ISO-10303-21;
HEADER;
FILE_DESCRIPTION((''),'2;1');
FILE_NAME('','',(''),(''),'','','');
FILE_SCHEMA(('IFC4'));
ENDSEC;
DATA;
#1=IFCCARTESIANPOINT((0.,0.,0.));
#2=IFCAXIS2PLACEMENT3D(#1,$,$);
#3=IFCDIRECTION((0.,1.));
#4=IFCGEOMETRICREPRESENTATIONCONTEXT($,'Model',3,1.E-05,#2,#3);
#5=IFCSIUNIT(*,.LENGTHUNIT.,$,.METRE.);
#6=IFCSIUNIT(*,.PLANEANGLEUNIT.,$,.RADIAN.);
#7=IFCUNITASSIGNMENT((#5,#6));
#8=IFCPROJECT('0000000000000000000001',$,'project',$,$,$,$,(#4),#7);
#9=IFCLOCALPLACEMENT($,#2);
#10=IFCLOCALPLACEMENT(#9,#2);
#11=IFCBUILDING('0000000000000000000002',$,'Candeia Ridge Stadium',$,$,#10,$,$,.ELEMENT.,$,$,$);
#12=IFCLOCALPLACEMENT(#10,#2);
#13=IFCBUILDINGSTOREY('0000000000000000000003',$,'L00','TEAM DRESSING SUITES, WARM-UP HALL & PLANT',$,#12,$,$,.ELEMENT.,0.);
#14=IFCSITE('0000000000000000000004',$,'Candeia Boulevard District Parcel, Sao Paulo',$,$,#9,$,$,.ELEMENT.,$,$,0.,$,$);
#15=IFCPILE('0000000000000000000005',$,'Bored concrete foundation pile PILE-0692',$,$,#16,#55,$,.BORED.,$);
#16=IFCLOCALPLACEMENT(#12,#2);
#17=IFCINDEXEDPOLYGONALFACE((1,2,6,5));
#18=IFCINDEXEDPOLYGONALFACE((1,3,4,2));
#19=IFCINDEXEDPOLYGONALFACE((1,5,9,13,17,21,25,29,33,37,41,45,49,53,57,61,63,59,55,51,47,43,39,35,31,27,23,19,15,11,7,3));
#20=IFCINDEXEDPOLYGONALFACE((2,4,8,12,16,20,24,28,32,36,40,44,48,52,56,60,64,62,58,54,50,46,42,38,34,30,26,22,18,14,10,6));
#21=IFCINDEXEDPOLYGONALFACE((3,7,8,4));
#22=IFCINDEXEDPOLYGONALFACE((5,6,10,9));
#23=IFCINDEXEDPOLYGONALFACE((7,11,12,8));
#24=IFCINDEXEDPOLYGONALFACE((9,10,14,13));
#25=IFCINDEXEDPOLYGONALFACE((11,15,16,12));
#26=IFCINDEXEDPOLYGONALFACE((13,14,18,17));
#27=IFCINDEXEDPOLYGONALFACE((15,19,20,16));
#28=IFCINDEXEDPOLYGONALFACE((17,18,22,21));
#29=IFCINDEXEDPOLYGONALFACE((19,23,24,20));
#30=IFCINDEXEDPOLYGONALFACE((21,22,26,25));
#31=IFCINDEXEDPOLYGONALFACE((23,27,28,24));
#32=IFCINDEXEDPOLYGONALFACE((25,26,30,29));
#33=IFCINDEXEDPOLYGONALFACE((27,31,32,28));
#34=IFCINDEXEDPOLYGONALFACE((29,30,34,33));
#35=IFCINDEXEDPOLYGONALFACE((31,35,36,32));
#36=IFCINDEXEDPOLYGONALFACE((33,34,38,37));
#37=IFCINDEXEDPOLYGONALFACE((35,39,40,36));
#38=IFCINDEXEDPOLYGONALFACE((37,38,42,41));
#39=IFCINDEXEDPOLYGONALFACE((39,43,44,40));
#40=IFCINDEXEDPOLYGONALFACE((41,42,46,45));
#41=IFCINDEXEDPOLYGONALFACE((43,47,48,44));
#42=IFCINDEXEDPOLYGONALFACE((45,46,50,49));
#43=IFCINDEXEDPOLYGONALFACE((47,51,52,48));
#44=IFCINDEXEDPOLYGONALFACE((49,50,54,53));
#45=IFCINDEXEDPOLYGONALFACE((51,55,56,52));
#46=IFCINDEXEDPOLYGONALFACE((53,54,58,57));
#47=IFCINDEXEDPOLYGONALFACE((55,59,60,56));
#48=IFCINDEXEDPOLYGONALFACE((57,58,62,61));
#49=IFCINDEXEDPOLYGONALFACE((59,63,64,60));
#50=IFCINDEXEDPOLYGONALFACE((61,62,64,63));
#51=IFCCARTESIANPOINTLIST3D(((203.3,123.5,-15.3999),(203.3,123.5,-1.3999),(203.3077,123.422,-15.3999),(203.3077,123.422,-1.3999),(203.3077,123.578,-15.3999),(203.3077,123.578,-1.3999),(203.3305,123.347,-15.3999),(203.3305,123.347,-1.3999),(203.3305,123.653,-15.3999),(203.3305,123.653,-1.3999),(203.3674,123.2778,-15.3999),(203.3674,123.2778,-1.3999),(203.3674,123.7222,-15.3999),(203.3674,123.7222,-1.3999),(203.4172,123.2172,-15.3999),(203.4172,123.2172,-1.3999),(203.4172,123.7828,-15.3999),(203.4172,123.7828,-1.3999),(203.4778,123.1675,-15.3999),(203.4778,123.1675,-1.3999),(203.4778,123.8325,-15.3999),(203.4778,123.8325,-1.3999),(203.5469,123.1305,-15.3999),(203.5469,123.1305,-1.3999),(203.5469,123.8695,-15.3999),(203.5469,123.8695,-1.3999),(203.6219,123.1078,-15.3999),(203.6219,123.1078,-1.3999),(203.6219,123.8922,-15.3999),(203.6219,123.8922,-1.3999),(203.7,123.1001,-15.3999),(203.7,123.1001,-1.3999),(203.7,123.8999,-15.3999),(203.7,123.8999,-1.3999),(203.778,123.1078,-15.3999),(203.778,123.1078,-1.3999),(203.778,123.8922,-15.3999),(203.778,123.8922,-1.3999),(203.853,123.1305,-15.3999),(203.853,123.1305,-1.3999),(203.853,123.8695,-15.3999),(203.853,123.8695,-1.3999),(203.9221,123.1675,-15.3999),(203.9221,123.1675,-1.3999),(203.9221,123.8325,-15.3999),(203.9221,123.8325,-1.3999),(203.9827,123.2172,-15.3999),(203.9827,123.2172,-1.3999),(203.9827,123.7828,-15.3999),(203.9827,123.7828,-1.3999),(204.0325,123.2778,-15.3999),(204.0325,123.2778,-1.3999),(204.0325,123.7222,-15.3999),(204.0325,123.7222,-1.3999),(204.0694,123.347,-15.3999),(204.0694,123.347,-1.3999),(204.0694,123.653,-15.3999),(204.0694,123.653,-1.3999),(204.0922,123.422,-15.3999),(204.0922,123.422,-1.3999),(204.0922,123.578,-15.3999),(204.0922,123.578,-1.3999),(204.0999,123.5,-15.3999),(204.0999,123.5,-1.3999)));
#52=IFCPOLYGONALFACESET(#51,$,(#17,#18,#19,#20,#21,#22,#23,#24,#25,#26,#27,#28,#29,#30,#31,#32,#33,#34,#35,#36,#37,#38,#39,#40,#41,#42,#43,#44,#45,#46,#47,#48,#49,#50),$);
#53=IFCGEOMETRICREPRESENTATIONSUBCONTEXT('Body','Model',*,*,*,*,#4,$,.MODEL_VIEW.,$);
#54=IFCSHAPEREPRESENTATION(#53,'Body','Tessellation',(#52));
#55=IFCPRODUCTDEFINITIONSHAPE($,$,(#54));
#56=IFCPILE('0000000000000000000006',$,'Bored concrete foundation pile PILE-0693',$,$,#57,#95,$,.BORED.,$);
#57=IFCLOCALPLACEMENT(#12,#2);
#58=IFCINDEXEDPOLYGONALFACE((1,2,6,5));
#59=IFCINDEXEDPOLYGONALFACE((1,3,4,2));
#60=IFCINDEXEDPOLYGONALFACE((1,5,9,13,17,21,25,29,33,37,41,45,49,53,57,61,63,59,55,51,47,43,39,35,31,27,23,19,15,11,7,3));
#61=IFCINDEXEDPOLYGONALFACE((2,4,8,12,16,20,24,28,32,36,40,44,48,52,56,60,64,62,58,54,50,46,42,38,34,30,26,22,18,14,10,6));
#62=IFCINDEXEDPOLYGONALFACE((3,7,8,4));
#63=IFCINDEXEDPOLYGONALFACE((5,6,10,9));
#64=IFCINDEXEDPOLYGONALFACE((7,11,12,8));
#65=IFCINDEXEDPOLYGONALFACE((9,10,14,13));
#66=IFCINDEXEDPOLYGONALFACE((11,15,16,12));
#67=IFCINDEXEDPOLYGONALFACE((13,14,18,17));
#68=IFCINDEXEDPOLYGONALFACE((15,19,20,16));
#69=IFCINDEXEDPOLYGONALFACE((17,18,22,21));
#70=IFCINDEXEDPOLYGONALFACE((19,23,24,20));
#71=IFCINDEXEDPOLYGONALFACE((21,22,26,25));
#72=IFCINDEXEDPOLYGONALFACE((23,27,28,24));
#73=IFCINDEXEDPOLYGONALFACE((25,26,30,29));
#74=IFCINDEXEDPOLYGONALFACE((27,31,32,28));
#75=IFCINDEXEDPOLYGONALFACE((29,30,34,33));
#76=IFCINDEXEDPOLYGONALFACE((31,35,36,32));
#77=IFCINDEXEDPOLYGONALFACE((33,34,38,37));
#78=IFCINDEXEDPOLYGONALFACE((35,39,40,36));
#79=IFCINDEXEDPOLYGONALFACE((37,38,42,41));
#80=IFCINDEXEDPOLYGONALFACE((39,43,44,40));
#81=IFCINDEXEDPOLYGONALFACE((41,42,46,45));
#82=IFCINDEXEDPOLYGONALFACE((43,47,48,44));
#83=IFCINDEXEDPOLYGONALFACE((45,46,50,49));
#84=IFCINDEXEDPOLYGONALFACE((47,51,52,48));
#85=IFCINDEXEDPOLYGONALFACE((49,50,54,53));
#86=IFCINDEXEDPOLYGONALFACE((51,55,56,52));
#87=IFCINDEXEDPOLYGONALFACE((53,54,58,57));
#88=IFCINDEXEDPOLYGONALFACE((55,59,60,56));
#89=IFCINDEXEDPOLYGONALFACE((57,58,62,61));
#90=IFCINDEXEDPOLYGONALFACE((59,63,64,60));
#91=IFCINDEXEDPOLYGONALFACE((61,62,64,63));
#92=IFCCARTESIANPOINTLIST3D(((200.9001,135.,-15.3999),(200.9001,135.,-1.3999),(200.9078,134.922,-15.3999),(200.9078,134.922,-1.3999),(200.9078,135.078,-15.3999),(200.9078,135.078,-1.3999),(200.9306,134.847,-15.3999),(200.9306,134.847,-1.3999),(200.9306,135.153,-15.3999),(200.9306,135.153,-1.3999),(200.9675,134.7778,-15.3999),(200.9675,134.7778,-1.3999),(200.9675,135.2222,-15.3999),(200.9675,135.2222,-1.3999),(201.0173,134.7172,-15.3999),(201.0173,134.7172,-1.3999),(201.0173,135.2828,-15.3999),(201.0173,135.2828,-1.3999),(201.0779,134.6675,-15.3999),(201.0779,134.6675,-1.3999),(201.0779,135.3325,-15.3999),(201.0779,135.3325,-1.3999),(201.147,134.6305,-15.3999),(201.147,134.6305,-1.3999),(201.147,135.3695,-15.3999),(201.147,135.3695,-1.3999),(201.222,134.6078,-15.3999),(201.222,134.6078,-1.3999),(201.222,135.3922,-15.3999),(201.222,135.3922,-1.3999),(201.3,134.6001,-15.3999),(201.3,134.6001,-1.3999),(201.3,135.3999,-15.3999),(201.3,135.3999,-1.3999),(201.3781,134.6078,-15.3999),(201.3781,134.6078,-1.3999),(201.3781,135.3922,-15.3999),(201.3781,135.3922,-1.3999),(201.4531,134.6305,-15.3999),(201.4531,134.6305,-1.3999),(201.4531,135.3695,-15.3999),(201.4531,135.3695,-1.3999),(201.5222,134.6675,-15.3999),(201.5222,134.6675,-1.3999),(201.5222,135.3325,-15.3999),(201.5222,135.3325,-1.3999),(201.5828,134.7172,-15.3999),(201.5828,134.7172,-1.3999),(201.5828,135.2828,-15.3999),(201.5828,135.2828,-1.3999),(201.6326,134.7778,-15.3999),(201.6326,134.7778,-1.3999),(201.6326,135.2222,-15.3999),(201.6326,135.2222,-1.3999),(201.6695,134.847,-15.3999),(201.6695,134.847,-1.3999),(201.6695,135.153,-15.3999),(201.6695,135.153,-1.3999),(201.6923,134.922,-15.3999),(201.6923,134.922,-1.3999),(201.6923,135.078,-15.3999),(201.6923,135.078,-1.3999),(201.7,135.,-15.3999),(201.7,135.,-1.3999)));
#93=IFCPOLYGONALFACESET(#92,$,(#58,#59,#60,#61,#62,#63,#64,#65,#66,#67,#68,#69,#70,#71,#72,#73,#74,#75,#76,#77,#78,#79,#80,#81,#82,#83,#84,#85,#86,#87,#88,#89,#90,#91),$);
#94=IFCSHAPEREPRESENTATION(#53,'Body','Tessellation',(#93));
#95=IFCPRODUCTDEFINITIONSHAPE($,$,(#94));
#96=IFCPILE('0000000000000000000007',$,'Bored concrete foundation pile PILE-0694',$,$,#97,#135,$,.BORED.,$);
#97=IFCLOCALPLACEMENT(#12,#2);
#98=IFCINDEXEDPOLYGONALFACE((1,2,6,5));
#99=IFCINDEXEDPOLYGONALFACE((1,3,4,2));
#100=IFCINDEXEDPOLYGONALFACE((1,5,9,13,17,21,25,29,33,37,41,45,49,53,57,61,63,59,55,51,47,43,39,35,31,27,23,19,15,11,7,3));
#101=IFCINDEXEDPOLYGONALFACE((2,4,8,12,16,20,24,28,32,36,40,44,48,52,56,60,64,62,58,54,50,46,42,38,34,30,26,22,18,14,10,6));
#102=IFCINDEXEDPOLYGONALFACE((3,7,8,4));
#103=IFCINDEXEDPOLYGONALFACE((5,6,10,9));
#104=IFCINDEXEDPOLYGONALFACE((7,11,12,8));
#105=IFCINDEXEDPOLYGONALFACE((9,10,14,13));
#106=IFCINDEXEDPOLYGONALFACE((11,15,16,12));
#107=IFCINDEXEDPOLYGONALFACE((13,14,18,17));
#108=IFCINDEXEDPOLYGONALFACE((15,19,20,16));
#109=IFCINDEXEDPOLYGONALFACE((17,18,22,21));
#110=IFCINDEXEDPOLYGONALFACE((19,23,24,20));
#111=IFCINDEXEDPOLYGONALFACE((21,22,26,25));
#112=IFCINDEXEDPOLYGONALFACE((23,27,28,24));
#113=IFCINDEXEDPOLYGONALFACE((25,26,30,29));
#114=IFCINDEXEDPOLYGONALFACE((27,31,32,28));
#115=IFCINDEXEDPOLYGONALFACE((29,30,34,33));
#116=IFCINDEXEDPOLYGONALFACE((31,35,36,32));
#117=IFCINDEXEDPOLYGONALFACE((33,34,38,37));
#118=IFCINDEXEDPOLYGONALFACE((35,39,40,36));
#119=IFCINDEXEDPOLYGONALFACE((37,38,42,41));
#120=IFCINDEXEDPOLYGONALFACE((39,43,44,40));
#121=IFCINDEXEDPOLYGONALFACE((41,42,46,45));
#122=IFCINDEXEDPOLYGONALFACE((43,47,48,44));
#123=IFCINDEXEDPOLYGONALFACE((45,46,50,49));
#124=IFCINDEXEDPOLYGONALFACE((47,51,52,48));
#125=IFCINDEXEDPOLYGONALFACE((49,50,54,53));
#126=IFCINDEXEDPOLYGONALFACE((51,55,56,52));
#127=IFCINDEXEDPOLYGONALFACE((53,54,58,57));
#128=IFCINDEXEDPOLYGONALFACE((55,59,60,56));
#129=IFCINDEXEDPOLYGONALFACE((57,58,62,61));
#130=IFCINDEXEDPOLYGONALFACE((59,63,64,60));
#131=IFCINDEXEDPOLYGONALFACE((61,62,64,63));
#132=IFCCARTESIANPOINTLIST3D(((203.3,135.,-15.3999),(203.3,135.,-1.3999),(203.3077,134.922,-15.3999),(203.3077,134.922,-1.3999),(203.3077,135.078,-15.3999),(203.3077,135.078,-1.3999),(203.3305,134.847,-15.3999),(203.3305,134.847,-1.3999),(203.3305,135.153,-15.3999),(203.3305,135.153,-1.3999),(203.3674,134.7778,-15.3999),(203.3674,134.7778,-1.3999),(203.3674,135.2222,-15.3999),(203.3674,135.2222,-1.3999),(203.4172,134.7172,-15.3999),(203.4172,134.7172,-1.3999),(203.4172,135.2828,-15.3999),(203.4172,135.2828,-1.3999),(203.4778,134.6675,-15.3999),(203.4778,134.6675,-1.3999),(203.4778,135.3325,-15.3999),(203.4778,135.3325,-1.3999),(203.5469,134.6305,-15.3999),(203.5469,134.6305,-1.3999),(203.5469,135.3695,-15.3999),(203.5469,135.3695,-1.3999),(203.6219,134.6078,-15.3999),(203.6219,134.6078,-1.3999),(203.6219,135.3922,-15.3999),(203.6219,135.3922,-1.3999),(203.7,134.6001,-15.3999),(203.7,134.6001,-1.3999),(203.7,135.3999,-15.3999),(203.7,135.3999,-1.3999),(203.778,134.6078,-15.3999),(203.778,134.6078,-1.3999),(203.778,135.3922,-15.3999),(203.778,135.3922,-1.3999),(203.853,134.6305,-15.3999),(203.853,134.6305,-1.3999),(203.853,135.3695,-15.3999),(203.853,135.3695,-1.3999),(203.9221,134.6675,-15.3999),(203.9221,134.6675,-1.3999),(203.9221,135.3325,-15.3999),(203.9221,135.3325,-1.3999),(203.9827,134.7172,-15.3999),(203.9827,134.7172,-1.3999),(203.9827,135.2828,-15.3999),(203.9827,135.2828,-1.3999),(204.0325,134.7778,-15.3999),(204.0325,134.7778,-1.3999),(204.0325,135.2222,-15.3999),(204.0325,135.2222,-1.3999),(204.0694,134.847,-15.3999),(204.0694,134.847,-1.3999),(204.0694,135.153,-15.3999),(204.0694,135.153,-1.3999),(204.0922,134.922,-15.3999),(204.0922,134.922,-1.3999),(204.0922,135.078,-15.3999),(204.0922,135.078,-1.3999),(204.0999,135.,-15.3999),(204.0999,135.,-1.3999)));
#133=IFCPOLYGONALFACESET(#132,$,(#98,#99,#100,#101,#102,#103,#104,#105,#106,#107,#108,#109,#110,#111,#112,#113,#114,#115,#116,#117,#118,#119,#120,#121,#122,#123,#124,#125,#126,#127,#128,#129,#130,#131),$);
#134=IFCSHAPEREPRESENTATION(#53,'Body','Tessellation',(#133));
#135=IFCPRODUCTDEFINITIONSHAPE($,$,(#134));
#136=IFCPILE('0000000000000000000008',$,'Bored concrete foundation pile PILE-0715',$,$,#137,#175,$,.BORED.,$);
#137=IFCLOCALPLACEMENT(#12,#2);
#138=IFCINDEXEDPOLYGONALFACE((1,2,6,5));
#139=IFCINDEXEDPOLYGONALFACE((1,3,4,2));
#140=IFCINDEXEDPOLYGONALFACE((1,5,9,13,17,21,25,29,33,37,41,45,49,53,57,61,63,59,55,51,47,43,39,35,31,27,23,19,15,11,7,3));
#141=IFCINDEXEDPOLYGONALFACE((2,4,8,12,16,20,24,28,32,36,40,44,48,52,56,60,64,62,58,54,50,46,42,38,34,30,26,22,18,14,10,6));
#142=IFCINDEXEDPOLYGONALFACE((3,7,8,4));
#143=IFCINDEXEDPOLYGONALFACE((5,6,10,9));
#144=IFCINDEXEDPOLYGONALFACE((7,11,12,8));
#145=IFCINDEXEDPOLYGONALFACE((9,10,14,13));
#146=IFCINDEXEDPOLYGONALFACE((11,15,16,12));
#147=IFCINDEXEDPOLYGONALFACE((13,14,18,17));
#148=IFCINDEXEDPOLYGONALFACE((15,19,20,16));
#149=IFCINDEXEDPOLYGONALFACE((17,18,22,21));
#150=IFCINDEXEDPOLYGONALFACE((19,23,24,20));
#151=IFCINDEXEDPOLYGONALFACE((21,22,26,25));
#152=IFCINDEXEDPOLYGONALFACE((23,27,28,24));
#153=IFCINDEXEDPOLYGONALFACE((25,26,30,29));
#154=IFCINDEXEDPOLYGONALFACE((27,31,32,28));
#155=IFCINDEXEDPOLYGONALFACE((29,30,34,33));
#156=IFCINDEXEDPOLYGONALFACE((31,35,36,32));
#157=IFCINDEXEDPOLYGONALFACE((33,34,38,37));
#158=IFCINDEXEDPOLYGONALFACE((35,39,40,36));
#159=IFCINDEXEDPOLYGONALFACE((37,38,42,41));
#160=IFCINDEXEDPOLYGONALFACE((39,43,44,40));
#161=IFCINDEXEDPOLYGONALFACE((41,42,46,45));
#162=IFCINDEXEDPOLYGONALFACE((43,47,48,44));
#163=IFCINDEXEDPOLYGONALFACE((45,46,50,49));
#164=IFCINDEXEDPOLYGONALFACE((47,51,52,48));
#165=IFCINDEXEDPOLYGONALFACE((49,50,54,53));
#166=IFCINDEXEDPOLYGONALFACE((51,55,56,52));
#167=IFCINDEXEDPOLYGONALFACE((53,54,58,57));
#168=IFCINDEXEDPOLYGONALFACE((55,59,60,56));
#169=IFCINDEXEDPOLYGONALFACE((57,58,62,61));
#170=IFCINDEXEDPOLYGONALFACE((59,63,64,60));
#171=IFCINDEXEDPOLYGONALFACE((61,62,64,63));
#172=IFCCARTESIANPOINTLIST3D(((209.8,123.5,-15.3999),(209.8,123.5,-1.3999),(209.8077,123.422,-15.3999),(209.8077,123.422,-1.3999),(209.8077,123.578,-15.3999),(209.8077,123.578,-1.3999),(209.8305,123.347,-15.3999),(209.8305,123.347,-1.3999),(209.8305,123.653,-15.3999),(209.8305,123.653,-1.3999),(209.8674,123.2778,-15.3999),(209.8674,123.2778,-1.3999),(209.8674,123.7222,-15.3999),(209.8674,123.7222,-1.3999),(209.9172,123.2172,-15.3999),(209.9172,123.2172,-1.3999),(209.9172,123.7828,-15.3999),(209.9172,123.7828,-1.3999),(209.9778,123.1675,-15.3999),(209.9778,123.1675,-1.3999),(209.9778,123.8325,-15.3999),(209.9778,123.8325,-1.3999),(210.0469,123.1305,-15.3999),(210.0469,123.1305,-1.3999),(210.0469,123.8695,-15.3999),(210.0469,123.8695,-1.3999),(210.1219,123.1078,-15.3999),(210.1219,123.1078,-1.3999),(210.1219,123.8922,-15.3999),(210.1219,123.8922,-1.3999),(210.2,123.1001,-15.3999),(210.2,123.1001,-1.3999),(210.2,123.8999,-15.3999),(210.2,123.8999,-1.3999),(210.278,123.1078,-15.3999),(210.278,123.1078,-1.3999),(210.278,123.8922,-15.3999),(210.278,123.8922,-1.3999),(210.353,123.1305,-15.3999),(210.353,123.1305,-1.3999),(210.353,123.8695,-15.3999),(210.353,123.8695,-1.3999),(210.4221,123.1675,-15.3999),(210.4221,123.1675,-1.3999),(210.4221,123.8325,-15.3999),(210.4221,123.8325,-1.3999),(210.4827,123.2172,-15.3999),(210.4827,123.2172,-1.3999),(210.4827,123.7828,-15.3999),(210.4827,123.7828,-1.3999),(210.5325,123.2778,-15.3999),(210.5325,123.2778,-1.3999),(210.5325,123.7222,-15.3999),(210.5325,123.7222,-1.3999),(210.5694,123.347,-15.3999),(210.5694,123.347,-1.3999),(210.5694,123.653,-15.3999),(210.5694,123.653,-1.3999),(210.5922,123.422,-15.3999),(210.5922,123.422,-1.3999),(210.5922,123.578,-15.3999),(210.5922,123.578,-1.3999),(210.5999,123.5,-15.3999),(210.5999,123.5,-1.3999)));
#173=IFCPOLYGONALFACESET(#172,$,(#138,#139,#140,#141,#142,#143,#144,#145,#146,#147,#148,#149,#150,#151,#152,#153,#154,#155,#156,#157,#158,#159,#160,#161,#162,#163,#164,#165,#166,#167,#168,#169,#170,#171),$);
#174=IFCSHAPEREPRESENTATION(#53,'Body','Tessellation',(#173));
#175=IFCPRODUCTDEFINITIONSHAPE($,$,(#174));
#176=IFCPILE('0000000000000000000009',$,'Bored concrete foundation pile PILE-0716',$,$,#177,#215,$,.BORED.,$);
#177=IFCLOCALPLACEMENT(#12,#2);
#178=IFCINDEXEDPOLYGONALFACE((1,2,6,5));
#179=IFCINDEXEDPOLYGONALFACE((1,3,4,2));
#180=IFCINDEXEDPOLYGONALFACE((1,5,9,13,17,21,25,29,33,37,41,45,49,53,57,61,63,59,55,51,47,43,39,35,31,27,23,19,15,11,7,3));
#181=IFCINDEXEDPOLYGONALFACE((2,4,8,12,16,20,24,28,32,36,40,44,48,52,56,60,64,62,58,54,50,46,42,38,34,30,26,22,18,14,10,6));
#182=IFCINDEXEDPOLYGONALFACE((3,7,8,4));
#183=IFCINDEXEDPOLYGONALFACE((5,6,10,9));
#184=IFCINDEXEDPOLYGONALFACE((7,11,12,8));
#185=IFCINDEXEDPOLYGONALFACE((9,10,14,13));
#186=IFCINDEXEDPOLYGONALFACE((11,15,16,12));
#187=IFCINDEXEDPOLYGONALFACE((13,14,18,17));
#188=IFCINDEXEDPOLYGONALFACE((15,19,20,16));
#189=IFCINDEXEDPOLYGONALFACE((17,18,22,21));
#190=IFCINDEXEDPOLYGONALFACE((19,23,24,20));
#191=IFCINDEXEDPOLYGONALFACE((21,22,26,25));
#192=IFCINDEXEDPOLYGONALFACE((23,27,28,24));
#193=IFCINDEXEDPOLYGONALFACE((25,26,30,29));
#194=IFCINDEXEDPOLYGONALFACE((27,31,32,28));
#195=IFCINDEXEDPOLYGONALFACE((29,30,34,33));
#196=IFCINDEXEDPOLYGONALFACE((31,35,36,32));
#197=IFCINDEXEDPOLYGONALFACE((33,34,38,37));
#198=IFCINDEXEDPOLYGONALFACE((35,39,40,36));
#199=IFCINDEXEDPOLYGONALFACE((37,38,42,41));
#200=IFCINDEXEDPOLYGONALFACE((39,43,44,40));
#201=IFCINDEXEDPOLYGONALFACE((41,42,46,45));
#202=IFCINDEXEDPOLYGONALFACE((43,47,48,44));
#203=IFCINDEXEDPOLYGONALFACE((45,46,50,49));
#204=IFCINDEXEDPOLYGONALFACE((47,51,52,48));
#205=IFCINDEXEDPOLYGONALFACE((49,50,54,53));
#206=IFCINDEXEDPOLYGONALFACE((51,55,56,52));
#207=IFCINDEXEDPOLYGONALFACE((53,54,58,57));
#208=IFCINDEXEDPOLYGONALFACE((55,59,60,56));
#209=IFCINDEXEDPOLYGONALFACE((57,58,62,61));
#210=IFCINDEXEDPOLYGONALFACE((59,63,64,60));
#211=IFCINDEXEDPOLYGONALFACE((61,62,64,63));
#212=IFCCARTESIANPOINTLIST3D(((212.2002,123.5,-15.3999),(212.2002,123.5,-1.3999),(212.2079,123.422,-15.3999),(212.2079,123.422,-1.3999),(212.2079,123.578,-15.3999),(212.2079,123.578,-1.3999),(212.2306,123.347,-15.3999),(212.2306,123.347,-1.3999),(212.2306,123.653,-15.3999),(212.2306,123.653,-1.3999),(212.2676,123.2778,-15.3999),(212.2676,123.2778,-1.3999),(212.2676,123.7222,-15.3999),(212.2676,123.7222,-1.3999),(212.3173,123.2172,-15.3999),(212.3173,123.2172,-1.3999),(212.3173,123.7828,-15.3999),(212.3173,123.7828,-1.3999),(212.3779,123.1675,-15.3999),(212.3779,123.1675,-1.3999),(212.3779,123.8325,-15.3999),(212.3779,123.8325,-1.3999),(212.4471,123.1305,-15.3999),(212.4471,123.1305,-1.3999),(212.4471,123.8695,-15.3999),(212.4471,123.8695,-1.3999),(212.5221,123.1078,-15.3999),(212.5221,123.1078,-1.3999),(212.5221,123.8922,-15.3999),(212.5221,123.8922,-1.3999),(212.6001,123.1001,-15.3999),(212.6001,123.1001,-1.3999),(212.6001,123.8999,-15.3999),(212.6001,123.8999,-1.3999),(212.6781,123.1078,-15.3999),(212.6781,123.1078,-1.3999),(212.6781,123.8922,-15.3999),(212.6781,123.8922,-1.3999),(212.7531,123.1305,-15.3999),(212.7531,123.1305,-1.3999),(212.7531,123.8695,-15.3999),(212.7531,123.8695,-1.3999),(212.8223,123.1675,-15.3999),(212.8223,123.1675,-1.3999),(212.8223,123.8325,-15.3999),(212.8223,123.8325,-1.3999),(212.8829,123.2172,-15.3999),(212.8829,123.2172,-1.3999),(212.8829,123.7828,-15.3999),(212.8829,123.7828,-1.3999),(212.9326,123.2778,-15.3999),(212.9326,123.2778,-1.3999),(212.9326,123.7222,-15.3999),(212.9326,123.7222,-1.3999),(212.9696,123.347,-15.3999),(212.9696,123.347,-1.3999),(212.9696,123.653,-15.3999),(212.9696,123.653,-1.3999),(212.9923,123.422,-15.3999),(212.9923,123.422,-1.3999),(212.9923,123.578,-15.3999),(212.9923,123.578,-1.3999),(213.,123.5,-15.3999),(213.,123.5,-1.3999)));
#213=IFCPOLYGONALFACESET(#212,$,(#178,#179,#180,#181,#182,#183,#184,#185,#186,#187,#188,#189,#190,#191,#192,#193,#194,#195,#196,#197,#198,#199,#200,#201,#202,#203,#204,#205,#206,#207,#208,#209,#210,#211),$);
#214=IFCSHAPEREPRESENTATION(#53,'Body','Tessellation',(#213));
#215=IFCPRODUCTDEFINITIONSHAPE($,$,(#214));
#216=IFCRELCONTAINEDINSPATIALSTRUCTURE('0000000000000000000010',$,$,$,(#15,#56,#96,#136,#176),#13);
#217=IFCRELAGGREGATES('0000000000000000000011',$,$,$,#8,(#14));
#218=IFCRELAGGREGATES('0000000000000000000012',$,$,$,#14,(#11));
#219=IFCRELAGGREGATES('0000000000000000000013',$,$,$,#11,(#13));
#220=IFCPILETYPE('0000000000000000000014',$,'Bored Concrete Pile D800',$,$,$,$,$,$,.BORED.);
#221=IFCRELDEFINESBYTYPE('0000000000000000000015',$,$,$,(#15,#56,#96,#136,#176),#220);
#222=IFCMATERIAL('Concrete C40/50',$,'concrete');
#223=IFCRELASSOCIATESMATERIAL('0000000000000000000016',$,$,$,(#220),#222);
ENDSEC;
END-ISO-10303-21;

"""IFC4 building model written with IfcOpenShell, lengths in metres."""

from ifc_helpers import new_model, si_unit, direction, frame, origin, origin_2d, place, context, subcontext, project, spatial, circle, extrude, material, material_profile, profile_set, type_object, element, save


model = new_model("IFC4")

# Units and contexts
model_context = context("Model", 3, precision=1e-05, world=origin(), true_north=direction((0.0, 1.0)))
body_context = subcontext(model_context, "Body", "Model", "MODEL_VIEW")
ifc_project = project(units=[si_unit("LENGTHUNIT", "METRE"), si_unit("PLANEANGLEUNIT", "RADIAN")], contexts=[model_context])

# Site, building, storey
site_placement = place(None, origin())
site = spatial("IfcSite", under=ifc_project, at=site_placement, Name="Candeia Boulevard District Parcel, Sao Paulo", CompositionType="ELEMENT", RefElevation=0.0)
building_placement = place(site_placement, origin())
building = spatial("IfcBuilding", under=site, at=building_placement, Name="Candeia Ridge Stadium", CompositionType="ELEMENT")
storey_placement = place(building_placement, origin())
storey = spatial("IfcBuildingStorey", under=building, at=storey_placement, Name="L00", Description="TEAM DRESSING SUITES, WARM-UP HALL & PLANT", CompositionType="ELEMENT", Elevation=0.0)

# Piles
ifc_material_1 = material(Name="Concrete C40/50", Category="concrete")
ifc_material_profile_1 = material_profile(ifc_material_1, circle(Radius=0.3999, at=origin_2d()), Name="PILE-D800", Category="concrete")
ifc_profile_set_1 = profile_set([ifc_material_profile_1], Name="Concrete C40/50")
pile_type = type_object("IfcPileType", Name="Bored Concrete Pile D800", PredefinedType="BORED", material=ifc_profile_set_1)
for number, where, z_axis, x_axis, name in (
    (1, (203.7, 123.5, -1.3999), (0.0, 0.0, -1.0), (1.0, 0.0, 0.0), "Bored concrete foundation pile PILE-0692"),
    (2, (201.3, 135.0, -1.3999), (0.0, 0.0, -1.0), (1.0, 0.0, 0.0), "Bored concrete foundation pile PILE-0693"),
    (3, (203.7, 135.0, -1.3999), (0.0, 0.0, -1.0), (1.0, 0.0, 0.0), "Bored concrete foundation pile PILE-0694"),
    (4, (210.2, 123.5, -1.3999), (0.0, 0.0, -1.0), (1.0, 0.0, 0.0), "Bored concrete foundation pile PILE-0715"),
    (5, (212.6001, 123.5, -1.3999), (0.0, 0.0, -1.0), (1.0, 0.0, 0.0), "Bored concrete foundation pile PILE-0716"),
):
    element("IfcPile", number, at=place(storey_placement, frame(where, z_axis=z_axis, x_axis=x_axis)), inside=storey, type_object=pile_type, Name=name, PredefinedType="BORED", context=body_context, shape_type="SweptSolid", body=[
        extrude(circle(Radius=0.3999, at=origin_2d()), origin(), (0.0, 0.0, 1.0), 14.0),
    ])

save(model, "model.ifc")
